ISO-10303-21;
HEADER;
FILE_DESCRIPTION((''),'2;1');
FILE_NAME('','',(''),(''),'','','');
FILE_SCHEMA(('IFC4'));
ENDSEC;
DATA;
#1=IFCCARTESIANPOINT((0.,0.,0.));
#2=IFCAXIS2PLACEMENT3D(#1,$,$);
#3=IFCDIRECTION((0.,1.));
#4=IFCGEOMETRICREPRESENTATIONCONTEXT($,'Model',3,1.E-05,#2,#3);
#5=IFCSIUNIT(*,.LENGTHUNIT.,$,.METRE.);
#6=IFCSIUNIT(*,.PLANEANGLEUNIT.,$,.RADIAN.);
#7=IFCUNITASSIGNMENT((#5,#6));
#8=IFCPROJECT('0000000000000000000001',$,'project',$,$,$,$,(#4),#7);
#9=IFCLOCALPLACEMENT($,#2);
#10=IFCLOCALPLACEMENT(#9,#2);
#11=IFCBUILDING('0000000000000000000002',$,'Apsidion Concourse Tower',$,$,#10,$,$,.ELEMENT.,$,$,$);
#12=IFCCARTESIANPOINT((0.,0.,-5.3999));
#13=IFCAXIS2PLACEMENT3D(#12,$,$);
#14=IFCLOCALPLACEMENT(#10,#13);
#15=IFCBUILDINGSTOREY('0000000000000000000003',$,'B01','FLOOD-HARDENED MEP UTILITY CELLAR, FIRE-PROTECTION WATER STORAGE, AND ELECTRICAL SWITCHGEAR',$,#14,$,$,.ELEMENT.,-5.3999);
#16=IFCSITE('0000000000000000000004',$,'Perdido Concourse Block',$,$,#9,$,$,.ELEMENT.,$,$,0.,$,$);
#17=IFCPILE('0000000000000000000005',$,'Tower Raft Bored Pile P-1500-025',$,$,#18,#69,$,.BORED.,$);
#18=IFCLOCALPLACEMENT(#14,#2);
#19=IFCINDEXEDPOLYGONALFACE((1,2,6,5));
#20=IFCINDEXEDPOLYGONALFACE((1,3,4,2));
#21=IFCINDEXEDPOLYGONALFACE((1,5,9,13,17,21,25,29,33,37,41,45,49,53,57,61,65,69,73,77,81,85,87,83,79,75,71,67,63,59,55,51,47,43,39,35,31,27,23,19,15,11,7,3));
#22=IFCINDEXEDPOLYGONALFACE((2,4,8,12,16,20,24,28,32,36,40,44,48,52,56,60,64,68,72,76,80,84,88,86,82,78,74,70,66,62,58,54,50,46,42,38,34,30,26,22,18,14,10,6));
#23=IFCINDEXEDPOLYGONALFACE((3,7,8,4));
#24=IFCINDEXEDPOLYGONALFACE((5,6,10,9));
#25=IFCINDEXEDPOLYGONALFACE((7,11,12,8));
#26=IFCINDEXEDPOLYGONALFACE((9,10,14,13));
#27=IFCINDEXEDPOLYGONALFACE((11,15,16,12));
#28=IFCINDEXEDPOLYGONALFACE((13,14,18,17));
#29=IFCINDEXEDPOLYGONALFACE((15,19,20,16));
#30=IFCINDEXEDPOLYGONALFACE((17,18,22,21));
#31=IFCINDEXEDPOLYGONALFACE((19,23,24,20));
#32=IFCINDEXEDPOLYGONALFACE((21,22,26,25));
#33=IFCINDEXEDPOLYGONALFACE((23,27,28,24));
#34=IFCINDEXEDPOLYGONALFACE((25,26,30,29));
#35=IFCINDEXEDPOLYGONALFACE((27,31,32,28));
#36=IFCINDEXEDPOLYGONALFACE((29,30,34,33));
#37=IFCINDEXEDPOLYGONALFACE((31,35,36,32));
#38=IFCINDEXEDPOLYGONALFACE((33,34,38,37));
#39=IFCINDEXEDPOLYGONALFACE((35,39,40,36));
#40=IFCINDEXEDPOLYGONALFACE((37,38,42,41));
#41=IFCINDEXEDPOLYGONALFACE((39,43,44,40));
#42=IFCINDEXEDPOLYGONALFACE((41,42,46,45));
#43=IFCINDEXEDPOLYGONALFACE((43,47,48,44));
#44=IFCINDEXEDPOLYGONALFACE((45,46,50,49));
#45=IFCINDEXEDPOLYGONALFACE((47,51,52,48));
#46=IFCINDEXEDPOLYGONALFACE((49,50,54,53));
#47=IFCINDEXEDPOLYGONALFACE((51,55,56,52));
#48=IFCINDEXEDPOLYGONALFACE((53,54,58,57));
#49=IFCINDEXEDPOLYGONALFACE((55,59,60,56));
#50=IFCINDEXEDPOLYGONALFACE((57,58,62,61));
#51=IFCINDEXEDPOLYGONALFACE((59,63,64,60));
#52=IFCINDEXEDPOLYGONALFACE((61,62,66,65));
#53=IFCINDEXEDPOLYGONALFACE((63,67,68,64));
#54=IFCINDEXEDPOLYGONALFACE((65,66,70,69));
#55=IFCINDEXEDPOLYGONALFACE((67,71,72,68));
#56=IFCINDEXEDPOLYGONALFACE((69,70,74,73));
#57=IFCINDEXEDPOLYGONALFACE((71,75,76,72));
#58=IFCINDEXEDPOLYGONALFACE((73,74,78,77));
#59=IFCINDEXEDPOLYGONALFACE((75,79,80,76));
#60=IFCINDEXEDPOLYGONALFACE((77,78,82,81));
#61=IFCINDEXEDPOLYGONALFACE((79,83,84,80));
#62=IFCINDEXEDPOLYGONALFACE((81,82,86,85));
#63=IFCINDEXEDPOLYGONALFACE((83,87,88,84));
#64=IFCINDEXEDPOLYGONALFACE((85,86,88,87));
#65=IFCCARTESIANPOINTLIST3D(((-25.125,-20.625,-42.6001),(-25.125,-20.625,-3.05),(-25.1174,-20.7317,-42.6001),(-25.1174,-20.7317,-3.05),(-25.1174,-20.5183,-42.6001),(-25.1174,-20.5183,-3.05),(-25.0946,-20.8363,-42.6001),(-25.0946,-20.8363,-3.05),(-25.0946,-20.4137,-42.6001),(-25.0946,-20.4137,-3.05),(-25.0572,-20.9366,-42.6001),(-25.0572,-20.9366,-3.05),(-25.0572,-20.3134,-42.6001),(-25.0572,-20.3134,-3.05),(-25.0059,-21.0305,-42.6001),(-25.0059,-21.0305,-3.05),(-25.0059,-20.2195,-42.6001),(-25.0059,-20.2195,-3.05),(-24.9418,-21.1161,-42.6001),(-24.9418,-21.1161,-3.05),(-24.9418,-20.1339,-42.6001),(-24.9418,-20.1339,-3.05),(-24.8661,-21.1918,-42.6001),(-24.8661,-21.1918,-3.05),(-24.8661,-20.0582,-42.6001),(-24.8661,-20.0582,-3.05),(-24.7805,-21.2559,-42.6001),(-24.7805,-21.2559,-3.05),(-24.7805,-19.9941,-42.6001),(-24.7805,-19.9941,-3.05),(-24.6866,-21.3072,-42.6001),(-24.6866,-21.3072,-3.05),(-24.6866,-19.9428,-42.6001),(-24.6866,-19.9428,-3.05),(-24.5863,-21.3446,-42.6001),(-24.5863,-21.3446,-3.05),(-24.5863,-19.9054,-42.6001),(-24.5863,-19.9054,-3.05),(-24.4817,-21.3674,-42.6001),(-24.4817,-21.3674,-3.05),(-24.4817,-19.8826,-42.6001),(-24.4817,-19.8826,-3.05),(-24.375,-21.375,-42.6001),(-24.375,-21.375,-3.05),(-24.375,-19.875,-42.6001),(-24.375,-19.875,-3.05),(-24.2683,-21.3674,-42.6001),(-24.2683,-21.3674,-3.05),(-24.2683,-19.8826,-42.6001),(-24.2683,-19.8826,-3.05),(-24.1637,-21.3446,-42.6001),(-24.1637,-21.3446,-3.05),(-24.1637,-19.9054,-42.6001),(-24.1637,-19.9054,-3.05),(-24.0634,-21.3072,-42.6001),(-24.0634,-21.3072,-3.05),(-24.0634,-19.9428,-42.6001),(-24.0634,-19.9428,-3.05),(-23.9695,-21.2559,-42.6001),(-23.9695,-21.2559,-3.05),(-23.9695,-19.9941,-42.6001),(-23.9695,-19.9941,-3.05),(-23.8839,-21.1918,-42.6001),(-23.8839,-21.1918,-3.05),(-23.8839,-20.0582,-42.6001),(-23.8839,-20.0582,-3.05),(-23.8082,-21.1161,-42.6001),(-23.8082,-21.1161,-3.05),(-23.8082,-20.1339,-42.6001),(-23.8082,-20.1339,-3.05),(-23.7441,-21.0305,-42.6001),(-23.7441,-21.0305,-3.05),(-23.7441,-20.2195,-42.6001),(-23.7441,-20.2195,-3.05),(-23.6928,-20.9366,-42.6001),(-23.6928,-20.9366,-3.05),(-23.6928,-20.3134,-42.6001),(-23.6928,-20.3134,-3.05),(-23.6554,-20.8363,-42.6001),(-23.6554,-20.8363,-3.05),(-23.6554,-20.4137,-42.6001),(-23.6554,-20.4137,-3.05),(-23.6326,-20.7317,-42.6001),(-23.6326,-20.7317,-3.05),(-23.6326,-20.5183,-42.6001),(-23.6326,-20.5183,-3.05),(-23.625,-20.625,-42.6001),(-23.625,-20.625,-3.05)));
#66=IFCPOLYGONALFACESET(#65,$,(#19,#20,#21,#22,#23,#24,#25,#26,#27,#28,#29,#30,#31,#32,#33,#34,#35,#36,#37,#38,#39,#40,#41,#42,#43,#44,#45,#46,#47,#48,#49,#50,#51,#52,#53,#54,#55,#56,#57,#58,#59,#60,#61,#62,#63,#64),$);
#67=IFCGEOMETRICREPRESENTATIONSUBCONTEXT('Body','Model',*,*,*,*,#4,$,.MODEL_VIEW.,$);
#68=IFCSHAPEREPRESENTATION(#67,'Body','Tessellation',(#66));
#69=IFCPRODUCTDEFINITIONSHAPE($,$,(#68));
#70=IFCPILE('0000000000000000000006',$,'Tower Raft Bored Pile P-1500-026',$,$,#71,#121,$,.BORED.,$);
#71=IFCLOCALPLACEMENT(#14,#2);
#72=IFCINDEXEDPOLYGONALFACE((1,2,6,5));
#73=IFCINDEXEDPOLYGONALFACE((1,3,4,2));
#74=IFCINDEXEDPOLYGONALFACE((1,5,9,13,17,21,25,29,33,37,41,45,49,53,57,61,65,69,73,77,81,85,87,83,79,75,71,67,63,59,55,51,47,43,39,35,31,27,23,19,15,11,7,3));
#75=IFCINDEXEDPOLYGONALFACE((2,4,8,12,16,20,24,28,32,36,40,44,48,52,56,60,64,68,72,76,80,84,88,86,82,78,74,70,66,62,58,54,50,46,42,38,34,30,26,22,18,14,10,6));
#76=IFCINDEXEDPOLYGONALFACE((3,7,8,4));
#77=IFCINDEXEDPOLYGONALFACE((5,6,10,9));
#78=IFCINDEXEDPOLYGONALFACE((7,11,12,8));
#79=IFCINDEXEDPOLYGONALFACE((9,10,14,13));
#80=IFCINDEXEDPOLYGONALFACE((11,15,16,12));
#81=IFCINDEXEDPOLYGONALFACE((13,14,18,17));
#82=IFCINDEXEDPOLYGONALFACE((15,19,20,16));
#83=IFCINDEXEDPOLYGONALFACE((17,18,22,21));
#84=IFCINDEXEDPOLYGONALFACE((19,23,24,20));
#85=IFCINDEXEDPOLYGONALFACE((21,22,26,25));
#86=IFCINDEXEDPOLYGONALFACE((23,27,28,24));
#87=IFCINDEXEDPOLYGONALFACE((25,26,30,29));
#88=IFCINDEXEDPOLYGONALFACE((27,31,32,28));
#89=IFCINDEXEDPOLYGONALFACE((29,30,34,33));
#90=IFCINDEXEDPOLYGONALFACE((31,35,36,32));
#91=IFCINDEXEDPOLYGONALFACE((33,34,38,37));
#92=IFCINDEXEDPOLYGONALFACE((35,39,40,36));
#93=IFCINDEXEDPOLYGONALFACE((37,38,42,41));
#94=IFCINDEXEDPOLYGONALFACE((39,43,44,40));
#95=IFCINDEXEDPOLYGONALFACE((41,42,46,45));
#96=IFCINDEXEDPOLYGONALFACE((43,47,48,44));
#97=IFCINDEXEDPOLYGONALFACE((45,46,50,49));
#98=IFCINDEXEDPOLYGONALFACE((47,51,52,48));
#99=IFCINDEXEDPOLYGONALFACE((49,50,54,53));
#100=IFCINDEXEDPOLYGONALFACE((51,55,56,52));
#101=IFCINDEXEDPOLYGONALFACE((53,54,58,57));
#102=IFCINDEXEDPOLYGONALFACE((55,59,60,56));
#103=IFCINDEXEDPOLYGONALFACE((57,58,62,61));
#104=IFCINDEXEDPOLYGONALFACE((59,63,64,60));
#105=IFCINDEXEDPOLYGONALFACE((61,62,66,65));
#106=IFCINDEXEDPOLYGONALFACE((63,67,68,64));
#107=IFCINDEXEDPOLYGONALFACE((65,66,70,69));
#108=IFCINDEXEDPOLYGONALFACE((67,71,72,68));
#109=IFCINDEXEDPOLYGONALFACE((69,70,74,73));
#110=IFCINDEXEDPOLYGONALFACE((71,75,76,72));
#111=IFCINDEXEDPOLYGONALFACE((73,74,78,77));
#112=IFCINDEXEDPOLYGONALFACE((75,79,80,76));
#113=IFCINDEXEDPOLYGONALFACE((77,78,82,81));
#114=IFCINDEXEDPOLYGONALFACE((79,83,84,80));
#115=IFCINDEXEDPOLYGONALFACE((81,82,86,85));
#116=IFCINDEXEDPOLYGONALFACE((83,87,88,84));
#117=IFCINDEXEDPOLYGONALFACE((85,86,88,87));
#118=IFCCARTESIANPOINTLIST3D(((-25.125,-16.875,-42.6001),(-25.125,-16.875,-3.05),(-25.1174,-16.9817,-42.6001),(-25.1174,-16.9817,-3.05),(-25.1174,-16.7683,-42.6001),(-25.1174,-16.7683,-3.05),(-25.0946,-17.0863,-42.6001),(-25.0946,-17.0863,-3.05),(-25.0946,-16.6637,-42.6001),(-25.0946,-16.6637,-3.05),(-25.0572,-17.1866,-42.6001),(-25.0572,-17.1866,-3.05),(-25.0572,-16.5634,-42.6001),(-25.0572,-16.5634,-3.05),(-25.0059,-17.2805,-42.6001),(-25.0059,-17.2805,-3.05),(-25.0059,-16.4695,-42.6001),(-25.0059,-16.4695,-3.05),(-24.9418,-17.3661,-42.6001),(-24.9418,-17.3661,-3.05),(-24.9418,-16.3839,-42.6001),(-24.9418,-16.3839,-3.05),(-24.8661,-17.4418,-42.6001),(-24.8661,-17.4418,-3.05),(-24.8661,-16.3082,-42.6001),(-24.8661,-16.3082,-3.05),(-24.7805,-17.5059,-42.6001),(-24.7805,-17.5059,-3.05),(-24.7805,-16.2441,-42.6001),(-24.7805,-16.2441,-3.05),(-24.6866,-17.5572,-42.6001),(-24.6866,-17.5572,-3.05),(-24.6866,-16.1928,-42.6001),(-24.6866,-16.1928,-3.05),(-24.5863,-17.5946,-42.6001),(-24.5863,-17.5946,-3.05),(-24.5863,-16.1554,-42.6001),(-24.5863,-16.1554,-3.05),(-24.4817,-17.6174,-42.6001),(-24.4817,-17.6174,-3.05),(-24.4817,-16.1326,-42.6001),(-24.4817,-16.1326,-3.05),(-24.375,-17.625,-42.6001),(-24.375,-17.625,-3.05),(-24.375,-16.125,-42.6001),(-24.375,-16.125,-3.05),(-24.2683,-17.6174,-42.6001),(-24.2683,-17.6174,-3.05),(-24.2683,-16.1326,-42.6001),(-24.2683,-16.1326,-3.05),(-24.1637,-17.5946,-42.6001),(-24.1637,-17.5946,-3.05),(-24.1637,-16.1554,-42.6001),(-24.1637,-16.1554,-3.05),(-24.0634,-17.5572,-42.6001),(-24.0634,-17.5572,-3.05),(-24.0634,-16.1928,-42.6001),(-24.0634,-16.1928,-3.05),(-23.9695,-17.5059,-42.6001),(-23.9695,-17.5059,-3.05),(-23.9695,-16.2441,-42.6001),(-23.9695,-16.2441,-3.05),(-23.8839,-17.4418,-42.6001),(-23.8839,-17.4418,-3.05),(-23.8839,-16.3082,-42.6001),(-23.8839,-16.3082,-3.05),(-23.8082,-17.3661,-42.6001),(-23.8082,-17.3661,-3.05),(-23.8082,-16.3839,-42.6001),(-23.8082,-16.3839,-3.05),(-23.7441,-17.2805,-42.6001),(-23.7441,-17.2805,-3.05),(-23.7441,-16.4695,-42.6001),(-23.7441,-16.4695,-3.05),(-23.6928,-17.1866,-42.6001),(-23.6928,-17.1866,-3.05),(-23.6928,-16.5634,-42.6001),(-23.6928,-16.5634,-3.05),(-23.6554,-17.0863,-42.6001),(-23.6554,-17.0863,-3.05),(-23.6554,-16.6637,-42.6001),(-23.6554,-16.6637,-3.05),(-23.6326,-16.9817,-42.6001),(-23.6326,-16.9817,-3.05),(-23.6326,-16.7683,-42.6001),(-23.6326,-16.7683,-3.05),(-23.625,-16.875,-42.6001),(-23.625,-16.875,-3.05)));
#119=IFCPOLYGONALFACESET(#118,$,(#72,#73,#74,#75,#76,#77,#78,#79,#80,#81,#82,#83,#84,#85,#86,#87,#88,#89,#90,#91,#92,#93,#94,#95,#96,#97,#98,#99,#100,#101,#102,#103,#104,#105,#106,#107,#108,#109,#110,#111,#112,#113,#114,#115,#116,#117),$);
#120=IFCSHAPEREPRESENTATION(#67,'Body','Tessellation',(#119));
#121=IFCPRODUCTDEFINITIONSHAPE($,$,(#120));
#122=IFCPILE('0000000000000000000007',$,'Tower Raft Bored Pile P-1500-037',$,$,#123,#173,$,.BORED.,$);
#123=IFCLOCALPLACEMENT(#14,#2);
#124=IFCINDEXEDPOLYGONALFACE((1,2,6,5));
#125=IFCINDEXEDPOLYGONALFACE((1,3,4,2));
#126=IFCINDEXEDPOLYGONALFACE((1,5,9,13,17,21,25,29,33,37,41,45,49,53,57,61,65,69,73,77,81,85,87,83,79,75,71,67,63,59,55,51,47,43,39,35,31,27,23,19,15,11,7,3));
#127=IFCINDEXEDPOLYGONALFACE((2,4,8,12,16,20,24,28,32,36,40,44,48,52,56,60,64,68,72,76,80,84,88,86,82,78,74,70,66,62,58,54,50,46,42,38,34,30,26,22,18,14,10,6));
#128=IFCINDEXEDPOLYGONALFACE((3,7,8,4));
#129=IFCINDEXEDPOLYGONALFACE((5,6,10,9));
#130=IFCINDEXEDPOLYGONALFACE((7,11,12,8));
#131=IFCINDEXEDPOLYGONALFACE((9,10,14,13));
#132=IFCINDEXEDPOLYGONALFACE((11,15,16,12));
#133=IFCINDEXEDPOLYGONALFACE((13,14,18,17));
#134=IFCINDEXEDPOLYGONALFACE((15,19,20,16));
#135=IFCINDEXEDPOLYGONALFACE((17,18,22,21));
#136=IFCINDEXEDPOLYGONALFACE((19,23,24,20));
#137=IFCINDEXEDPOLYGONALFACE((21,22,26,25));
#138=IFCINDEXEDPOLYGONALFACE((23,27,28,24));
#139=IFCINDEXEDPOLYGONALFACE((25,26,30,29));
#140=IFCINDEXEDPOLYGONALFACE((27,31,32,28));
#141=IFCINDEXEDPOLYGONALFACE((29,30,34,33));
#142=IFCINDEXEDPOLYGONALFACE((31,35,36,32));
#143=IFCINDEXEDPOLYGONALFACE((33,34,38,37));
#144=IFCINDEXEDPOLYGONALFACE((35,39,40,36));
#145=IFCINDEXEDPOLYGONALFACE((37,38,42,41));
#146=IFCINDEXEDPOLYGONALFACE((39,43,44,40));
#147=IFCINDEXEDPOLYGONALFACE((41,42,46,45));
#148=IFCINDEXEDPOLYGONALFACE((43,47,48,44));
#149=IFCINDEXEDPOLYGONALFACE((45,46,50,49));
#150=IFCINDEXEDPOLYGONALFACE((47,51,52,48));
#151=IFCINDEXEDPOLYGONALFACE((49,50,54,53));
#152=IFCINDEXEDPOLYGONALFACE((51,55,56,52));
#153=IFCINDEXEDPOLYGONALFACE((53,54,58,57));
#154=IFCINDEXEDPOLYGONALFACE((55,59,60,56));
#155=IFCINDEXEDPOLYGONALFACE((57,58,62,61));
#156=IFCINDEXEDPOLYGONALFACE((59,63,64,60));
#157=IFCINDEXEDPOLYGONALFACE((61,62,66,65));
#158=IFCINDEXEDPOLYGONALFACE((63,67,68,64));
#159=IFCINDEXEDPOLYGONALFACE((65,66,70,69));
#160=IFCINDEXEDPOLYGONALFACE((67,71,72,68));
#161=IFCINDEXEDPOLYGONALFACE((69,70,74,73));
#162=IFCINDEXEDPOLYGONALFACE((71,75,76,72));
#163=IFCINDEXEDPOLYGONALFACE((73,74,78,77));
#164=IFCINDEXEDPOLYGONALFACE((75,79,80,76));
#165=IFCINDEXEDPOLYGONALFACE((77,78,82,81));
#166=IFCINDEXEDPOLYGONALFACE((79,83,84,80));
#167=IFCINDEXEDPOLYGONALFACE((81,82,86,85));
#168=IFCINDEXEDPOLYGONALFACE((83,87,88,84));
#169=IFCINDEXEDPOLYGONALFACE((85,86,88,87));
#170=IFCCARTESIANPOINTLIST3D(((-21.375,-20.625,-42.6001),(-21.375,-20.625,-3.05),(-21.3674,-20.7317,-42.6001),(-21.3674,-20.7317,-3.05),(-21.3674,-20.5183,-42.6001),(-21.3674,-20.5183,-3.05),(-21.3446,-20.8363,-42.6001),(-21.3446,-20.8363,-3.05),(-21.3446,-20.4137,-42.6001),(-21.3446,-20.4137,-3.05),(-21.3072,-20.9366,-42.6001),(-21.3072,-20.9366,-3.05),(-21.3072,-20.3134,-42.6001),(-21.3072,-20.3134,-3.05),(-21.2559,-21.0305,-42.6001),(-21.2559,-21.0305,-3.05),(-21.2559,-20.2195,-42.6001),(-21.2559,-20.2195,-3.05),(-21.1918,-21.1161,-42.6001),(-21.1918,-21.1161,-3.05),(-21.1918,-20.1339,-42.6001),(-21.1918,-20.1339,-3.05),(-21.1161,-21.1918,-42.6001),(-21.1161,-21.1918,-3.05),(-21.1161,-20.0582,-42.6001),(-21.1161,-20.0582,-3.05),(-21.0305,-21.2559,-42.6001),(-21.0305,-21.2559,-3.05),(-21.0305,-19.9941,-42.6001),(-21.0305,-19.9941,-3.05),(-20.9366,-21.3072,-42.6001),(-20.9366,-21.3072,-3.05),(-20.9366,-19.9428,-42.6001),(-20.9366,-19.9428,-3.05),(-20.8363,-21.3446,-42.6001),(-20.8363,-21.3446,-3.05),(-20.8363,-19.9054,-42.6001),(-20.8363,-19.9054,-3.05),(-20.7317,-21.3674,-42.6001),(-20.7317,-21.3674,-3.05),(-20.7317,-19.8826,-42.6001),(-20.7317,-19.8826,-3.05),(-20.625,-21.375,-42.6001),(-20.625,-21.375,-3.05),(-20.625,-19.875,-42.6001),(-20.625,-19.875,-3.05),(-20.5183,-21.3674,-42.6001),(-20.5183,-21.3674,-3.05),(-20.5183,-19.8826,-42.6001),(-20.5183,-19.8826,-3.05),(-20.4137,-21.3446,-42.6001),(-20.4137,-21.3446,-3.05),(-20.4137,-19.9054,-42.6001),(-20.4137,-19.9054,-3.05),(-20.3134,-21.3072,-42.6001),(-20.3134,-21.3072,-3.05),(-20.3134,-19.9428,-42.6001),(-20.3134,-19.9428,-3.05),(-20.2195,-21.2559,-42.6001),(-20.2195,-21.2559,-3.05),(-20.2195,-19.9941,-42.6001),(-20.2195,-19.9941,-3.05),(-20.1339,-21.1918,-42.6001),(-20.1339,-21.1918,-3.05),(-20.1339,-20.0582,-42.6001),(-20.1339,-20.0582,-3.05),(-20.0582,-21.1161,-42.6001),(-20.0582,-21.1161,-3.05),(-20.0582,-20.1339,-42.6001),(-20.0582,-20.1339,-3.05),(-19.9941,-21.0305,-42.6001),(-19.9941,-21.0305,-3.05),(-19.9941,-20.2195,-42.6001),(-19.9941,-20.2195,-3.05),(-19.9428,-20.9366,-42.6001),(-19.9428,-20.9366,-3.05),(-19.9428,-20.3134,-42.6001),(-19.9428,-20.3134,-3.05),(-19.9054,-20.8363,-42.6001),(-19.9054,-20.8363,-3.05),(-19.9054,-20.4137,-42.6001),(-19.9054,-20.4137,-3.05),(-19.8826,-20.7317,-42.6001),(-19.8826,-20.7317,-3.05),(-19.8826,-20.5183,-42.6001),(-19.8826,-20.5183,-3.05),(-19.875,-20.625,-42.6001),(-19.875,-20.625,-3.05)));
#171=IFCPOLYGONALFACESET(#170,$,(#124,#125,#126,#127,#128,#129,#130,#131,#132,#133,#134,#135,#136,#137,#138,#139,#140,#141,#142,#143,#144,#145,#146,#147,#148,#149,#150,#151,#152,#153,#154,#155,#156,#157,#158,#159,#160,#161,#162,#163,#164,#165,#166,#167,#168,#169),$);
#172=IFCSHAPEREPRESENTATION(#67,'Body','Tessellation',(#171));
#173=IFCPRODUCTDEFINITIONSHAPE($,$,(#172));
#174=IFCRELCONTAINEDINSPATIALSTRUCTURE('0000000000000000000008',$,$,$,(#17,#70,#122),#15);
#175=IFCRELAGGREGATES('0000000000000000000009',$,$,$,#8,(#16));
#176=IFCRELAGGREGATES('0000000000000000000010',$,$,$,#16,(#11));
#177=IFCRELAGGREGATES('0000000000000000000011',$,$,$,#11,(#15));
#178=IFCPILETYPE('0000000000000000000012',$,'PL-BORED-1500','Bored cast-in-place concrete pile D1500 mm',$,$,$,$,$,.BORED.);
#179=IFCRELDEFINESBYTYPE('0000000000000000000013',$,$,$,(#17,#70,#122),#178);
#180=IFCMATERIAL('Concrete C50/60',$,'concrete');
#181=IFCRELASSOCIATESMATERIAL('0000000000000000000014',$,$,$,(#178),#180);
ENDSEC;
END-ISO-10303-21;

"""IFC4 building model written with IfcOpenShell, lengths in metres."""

from ifc_helpers import new_model, si_unit, direction, frame, origin, origin_2d, place, context, subcontext, project, spatial, circle, extrude, material, material_profile, profile_set, type_object, element, save


model = new_model("IFC4")

# Units and contexts
model_context = context("Model", 3, precision=1e-05, world=origin(), true_north=direction((0.0, 1.0)))
body_context = subcontext(model_context, "Body", "Model", "MODEL_VIEW")
ifc_project = project(units=[si_unit("LENGTHUNIT", "METRE"), si_unit("PLANEANGLEUNIT", "RADIAN")], contexts=[model_context])

# Site, building, storey
site_placement = place(None, origin())
site = spatial("IfcSite", under=ifc_project, at=site_placement, Name="Perdido Concourse Block", CompositionType="ELEMENT", RefElevation=0.0)
building_placement = place(site_placement, origin())
building = spatial("IfcBuilding", under=site, at=building_placement, Name="Apsidion Concourse Tower", CompositionType="ELEMENT")
storey_placement = place(building_placement, frame((0.0, 0.0, -5.3999)))
storey = spatial("IfcBuildingStorey", under=building, at=storey_placement, Name="B01", Description="FLOOD-HARDENED MEP UTILITY CELLAR, FIRE-PROTECTION WATER STORAGE, AND ELECTRICAL SWITCHGEAR", CompositionType="ELEMENT", Elevation=-5.3999)

# Shared definitions
ifc_material_1 = material(Name="Concrete C50/60", Category="concrete")

# Piles
ifc_material_profile_1 = material_profile(ifc_material_1, circle(Radius=0.75, at=origin_2d()), Name="BORED PILE D1500")
ifc_profile_set_1 = profile_set([ifc_material_profile_1], Name="Concrete C50/60")
pile_type_1 = type_object("IfcPileType", Name="PL-BORED-1500", Description="Bored cast-in-place concrete pile D1500 mm", PredefinedType="BORED", material=ifc_profile_set_1)
for number, where, z_axis, x_axis, name in (
    (1, (-24.375, -20.625, -3.05), (0.0, 0.0, -1.0), (1.0, 0.0, 0.0), "Tower Raft Bored Pile P-1500-025"),
    (2, (-24.375, -16.875, -3.05), (0.0, 0.0, -1.0), (1.0, 0.0, 0.0), "Tower Raft Bored Pile P-1500-026"),
    (3, (-20.625, -20.625, -3.05), (0.0, 0.0, -1.0), (1.0, 0.0, 0.0), "Tower Raft Bored Pile P-1500-037"),
):
    element("IfcPile", number, at=place(storey_placement, frame(where, z_axis=z_axis, x_axis=x_axis)), inside=storey, type_object=pile_type_1, Name=name, PredefinedType="BORED", context=body_context, shape_type="SweptSolid", body=[
        extrude(circle(Radius=0.75, at=origin_2d()), origin(), (0.0, 0.0, 1.0), 39.55),
    ])

save(model, "model.ifc")
